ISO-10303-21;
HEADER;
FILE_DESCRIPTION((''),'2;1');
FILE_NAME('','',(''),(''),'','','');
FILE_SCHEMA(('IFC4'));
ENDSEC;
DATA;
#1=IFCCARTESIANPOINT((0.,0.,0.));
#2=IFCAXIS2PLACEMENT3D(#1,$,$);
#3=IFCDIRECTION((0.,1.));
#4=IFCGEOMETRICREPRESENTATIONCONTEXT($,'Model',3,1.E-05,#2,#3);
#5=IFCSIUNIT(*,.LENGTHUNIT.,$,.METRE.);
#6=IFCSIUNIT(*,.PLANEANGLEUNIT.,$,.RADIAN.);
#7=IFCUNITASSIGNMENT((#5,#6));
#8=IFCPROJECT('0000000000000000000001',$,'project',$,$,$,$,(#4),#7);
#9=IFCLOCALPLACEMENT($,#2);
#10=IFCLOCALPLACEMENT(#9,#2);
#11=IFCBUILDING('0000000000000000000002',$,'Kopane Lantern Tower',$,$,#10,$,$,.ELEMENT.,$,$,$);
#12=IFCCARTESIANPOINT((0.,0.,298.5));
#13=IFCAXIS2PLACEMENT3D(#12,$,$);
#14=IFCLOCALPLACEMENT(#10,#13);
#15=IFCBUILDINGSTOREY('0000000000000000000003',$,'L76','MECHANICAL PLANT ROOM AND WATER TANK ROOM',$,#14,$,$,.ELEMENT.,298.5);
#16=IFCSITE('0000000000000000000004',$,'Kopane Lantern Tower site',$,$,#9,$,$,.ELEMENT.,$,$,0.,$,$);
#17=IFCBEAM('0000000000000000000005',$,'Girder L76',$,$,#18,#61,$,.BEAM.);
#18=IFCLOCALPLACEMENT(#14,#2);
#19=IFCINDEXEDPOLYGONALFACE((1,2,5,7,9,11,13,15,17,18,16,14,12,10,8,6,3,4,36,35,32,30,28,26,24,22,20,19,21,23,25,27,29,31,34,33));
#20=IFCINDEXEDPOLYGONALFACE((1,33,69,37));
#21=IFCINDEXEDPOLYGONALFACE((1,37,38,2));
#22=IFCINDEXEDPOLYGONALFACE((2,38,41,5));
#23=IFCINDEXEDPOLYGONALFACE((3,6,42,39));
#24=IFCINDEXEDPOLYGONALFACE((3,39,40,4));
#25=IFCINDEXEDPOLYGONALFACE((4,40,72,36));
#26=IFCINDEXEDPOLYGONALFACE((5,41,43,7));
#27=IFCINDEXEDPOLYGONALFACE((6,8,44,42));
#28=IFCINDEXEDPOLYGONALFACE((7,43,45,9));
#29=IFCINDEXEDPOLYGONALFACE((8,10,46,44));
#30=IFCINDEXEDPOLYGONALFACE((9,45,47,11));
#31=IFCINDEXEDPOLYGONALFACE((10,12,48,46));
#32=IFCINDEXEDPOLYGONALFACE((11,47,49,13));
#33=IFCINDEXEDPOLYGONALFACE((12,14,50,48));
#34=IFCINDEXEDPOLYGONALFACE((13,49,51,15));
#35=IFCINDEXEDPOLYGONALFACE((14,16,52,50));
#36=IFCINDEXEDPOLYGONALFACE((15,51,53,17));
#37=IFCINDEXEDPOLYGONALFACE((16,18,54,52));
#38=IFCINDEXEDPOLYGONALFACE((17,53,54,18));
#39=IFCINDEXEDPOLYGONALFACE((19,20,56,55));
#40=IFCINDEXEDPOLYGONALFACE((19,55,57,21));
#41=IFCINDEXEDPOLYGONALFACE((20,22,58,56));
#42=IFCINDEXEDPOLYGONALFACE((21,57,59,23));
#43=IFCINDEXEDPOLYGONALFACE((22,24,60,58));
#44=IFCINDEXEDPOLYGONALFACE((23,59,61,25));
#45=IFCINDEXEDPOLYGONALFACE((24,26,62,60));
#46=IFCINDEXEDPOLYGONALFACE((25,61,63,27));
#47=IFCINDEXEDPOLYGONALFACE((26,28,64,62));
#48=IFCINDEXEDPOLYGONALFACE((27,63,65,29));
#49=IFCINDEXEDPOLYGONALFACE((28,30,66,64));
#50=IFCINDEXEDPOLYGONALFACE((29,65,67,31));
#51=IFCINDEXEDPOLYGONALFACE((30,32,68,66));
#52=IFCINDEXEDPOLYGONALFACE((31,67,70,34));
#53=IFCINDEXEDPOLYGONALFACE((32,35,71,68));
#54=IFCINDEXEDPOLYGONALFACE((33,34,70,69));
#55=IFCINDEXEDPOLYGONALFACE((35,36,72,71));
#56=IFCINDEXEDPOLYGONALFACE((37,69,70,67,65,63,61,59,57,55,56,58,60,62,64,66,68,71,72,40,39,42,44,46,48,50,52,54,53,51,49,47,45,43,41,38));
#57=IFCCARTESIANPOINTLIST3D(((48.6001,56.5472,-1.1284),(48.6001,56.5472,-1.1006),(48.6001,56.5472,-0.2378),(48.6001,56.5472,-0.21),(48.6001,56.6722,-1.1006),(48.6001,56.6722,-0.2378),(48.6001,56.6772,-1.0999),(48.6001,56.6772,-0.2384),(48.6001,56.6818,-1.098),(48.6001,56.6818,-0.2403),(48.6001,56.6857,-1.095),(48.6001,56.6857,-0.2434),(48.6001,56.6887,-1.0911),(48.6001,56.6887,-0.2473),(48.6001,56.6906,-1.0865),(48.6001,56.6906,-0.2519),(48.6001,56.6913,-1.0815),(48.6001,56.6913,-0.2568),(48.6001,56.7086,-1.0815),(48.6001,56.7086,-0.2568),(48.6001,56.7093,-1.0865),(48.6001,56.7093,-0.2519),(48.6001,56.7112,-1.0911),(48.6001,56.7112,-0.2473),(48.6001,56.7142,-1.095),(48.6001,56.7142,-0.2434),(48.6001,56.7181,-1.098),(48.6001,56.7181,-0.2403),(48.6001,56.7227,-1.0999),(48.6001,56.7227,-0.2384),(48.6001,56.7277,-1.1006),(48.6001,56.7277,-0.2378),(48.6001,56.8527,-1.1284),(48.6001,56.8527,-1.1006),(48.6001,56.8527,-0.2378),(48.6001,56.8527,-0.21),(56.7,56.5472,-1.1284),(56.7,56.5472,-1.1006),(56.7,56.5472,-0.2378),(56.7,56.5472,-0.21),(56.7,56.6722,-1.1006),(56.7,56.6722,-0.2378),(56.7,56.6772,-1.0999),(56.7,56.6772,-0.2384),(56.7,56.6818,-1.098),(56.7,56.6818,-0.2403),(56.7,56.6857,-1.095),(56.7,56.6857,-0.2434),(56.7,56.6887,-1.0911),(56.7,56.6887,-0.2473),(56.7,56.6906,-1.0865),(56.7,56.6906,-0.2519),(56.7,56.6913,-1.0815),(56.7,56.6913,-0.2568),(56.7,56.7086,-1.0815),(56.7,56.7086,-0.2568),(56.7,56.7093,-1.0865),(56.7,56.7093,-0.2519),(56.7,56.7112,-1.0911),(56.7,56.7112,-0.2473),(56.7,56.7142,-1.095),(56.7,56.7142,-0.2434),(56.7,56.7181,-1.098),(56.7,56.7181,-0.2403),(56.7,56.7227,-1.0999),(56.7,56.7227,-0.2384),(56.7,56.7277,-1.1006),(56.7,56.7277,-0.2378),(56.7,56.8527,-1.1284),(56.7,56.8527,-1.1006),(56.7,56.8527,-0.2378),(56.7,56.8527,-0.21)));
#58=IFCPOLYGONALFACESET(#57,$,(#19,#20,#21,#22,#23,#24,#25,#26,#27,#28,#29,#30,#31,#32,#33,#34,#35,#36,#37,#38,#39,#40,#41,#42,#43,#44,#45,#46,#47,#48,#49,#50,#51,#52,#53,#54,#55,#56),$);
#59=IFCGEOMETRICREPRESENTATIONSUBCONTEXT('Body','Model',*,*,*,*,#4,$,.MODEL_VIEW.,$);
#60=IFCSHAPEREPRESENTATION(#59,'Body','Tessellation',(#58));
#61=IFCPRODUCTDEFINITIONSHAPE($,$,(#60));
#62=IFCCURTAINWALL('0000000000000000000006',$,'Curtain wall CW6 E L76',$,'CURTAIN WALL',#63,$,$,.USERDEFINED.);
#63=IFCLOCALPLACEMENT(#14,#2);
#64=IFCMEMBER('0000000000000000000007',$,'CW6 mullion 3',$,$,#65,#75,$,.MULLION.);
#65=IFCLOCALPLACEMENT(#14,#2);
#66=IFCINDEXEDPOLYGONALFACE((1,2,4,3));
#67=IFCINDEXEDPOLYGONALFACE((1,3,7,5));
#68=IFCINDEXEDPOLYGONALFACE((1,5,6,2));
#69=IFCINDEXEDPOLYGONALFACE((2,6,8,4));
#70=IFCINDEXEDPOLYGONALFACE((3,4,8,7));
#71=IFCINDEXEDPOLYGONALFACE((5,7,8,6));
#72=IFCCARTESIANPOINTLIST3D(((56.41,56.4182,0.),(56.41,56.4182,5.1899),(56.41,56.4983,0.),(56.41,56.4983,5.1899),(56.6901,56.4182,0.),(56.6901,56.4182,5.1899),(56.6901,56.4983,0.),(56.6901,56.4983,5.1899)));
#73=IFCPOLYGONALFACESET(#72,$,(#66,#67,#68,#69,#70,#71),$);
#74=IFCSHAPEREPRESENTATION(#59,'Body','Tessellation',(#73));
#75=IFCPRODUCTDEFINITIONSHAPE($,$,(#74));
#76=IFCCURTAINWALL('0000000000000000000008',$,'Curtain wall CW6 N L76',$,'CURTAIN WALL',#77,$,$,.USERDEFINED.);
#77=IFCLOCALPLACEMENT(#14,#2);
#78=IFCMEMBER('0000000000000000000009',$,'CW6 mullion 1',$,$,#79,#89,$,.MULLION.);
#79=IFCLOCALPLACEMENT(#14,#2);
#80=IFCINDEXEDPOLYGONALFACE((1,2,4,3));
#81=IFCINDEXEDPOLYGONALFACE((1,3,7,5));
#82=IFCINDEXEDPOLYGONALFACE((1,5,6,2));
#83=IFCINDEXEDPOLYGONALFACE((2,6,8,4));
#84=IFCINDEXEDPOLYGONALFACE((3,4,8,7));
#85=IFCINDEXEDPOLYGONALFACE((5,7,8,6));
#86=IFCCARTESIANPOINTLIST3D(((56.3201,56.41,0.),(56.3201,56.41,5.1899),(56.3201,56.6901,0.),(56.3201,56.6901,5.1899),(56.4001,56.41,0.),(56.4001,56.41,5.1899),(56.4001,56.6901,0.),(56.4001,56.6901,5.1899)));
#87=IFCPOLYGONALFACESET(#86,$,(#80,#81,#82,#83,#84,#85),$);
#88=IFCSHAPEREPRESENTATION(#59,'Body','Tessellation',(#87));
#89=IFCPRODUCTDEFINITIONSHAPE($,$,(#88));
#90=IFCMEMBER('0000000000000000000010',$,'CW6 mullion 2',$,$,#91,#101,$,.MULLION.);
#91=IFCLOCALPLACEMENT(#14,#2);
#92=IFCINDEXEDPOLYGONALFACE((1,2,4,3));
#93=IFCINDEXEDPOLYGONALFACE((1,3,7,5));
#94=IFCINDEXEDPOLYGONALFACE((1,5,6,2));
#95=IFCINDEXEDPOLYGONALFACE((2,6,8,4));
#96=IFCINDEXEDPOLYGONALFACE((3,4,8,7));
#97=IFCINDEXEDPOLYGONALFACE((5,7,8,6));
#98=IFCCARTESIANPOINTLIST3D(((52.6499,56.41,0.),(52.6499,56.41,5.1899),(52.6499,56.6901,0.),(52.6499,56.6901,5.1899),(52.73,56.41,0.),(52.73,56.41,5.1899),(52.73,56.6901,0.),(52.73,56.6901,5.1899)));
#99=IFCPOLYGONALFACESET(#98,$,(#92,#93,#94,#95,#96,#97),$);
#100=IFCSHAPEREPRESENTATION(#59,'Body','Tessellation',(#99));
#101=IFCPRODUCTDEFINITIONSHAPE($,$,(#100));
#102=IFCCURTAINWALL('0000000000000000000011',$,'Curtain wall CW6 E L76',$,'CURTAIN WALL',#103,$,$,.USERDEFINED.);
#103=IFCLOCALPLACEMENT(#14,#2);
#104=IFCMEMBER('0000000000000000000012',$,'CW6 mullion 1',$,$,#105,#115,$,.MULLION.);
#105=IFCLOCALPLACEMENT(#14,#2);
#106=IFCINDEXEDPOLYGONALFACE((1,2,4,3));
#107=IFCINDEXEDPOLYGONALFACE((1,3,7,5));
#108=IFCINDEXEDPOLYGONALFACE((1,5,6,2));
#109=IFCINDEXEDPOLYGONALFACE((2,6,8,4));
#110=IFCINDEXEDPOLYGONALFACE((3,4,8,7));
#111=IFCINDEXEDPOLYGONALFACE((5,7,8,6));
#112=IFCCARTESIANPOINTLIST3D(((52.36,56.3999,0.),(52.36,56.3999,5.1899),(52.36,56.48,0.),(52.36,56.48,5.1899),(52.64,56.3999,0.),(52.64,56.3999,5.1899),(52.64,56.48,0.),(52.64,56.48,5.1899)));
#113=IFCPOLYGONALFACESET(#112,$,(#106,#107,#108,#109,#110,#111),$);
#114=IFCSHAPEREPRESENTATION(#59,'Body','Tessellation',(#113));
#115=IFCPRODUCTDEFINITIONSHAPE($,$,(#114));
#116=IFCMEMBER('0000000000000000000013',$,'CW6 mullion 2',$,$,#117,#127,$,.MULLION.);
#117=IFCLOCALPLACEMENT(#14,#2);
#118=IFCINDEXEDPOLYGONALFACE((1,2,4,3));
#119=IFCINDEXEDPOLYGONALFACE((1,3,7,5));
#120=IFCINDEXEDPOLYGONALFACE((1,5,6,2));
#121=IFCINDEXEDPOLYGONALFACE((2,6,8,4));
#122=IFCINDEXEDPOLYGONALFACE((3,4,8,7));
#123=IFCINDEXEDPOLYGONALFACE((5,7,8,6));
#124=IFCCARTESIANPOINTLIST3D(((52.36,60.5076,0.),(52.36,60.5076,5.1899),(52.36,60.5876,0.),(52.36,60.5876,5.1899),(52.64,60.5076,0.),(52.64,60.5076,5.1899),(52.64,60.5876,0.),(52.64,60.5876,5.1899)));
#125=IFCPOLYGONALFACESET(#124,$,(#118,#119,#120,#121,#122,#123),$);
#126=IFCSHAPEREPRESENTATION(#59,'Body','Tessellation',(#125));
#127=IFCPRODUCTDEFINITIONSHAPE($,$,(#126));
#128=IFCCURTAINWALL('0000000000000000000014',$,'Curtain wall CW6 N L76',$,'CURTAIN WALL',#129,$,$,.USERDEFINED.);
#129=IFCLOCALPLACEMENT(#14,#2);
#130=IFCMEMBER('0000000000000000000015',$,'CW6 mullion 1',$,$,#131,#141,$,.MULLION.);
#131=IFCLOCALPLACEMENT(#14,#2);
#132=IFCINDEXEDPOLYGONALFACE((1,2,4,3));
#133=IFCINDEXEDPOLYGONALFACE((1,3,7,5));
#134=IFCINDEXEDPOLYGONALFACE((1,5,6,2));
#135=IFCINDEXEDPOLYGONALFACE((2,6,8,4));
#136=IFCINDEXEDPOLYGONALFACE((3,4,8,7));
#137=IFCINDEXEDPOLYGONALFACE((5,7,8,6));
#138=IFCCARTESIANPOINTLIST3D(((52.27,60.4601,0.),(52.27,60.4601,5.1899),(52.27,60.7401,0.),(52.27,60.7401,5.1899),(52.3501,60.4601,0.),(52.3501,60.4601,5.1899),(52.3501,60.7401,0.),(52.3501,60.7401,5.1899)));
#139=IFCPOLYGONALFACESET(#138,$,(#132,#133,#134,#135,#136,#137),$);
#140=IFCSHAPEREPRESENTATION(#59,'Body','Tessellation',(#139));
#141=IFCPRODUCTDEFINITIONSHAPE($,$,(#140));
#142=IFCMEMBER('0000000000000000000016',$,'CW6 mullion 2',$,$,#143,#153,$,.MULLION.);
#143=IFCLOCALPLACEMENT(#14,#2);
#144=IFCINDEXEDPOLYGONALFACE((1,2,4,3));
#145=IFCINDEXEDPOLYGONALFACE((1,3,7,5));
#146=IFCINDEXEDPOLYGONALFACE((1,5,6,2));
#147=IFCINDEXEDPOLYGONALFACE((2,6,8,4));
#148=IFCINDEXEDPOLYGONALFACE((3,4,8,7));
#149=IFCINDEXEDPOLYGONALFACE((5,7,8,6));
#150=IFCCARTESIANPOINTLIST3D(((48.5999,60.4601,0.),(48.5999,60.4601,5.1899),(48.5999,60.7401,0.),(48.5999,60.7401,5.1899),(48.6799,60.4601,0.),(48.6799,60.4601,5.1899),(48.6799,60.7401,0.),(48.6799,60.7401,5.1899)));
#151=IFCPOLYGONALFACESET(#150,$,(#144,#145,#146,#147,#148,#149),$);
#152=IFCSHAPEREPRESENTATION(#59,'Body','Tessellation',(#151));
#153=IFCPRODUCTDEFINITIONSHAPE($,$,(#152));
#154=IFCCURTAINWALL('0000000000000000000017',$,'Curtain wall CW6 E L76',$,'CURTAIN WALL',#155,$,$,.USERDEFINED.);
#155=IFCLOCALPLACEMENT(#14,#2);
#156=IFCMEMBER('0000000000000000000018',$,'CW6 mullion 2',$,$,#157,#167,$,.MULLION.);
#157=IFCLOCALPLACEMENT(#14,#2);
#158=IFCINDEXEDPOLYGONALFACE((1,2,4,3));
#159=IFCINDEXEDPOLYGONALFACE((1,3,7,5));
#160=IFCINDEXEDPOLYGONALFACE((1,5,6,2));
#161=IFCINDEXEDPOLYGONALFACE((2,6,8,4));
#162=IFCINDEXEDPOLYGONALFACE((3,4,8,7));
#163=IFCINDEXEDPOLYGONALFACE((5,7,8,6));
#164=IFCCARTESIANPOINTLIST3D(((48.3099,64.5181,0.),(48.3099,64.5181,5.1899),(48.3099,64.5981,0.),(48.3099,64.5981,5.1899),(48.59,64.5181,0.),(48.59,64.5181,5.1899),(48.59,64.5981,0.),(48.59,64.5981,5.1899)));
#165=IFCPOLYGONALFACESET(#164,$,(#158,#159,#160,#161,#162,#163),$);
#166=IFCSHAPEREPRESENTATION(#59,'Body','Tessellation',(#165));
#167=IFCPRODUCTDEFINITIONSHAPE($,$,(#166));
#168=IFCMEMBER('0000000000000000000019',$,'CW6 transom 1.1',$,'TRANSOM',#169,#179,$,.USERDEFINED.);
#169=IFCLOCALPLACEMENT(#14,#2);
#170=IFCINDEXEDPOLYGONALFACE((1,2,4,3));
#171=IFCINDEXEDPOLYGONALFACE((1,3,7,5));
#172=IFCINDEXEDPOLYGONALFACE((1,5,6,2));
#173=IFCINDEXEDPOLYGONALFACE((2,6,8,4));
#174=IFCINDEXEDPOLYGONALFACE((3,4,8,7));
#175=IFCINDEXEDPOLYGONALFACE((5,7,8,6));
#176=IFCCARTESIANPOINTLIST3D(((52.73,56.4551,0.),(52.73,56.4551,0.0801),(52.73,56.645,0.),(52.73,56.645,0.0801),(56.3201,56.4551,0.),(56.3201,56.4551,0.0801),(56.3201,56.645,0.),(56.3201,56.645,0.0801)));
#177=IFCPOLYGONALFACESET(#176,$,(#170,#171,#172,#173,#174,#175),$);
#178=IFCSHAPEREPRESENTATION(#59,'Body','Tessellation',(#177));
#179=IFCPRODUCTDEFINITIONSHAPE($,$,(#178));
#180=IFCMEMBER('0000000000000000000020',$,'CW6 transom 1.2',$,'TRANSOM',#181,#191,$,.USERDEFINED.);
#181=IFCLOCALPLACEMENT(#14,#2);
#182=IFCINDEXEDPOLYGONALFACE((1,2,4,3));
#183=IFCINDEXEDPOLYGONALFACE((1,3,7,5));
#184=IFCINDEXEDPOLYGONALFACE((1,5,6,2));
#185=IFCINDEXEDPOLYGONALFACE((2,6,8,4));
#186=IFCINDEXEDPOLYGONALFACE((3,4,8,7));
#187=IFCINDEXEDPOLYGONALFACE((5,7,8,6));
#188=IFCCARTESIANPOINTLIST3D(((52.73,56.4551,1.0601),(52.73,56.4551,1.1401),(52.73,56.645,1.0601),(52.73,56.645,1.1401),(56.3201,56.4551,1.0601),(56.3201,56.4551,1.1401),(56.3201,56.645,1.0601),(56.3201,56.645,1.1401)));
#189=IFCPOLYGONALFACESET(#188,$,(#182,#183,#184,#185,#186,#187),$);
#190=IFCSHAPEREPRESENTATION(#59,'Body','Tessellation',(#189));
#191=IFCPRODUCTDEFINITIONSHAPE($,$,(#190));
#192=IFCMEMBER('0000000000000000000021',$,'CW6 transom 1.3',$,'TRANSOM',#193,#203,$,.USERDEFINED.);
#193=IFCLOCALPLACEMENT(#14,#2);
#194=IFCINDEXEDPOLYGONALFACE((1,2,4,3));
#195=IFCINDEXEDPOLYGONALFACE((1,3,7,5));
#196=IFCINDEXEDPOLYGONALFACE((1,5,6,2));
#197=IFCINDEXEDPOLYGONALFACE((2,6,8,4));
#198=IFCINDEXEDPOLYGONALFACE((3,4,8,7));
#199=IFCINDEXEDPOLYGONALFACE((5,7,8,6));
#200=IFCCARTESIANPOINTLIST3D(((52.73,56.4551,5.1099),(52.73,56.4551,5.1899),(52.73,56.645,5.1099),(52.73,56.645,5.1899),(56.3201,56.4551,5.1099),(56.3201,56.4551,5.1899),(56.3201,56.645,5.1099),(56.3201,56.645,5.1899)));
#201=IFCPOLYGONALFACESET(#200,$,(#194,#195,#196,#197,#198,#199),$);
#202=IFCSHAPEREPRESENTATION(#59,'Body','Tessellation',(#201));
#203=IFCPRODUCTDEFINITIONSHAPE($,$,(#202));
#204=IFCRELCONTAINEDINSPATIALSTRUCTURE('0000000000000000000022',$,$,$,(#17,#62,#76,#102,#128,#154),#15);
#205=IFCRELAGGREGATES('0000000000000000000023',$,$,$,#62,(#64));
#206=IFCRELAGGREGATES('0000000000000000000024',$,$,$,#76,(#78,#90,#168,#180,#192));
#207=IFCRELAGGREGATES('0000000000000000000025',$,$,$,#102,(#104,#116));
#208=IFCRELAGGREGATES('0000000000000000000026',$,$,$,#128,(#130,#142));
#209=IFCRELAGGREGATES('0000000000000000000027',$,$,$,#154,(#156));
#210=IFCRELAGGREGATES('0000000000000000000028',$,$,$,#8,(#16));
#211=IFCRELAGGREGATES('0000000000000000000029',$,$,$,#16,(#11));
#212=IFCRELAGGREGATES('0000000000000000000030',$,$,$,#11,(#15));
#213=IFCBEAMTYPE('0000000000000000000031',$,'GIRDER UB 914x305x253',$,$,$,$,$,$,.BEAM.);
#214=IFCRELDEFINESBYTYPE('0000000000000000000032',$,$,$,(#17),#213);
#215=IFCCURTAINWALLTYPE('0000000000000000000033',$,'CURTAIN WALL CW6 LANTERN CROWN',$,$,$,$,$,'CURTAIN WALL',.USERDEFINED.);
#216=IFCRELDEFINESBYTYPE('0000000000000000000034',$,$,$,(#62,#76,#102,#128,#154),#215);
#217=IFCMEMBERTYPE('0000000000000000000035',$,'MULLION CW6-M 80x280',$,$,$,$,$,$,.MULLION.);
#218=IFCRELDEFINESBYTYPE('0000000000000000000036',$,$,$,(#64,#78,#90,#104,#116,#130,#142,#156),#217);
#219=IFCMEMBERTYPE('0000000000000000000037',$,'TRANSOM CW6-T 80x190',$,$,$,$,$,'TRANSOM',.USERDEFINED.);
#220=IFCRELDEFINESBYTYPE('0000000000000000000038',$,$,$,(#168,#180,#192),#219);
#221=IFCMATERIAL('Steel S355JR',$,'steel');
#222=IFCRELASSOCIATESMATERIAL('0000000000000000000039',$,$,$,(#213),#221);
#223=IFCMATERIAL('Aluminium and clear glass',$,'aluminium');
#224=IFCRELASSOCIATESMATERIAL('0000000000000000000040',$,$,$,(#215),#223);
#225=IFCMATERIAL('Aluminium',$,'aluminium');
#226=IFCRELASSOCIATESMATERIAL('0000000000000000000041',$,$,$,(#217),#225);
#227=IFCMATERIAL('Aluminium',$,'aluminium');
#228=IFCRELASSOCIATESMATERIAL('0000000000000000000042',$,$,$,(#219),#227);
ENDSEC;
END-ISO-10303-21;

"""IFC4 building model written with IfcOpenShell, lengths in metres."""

from ifc_helpers import new_model, si_unit, direction, frame, origin, origin_2d, place, context, subcontext, project, spatial, rectangle, i_section, extrude, material, material_profile, profile_set, type_object, element, aggregate, save


model = new_model("IFC4")

# Units and contexts
model_context = context("Model", 3, precision=1e-05, world=origin(), true_north=direction((0.0, 1.0)))
body_context = subcontext(model_context, "Body", "Model", "MODEL_VIEW")
ifc_project = project(units=[si_unit("LENGTHUNIT", "METRE"), si_unit("PLANEANGLEUNIT", "RADIAN")], contexts=[model_context])

# Site, building, storey
site_placement = place(None, origin())
site = spatial("IfcSite", under=ifc_project, at=site_placement, Name="Kopane Lantern Tower site", CompositionType="ELEMENT", RefElevation=0.0)
building_placement = place(site_placement, origin())
building = spatial("IfcBuilding", under=site, at=building_placement, Name="Kopane Lantern Tower", CompositionType="ELEMENT")
storey_placement = place(building_placement, frame((0.0, 0.0, 298.5)))
storey = spatial("IfcBuildingStorey", under=building, at=storey_placement, Name="L76", Description="MECHANICAL PLANT ROOM AND WATER TANK ROOM", CompositionType="ELEMENT", Elevation=298.5)

# Beam
ifc_material_1 = material(Name="Steel S355JR", Category="steel")
ifc_material_profile_1 = material_profile(ifc_material_1, i_section(OverallWidth=0.3054, OverallDepth=0.9185, WebThickness=0.0173, FlangeThickness=0.0278, FilletRadius=0.019, at=origin_2d()), Name="UB 914x305x253")
ifc_profile_set_1 = profile_set([ifc_material_profile_1], Name="Steel S355JR")
beam_type_1 = type_object("IfcBeamType", Name="GIRDER UB 914x305x253", PredefinedType="BEAM", material=ifc_profile_set_1)
beam_1_placement = place(storey_placement, frame((48.6001, 56.7, -0.6692), z_axis=(1.0, 0.0, 0.0), x_axis=(0.0, 1.0, 0.0)))
element("IfcBeam", 1, at=beam_1_placement, inside=storey, type_object=beam_type_1, Name="Girder L76", PredefinedType="BEAM", context=body_context, shape_type="SweptSolid", body=[
    extrude(i_section(OverallWidth=0.3054, OverallDepth=0.9185, WebThickness=0.0173, FlangeThickness=0.0278, FilletRadius=0.019, at=origin_2d()), origin(), (0.0, 0.0, 1.0), 8.0999),
])

# Curtain wall, member
ifc_material_2 = material(Name="Aluminium and clear glass", Category="aluminium")
curtain_wall_type = type_object("IfcCurtainWallType", Name="CURTAIN WALL CW6 LANTERN CROWN", ElementType="CURTAIN WALL", PredefinedType="USERDEFINED", material=ifc_material_2)
curtain_wall_1_placement = place(storey_placement, origin())
curtain_wall_1 = element("IfcCurtainWall", 2, at=curtain_wall_1_placement, inside=storey, type_object=curtain_wall_type, Name="Curtain wall CW6 E L76", ObjectType="CURTAIN WALL", PredefinedType="USERDEFINED")
ifc_material_3 = material(Name="Aluminium", Category="aluminium")
ifc_material_profile_2 = material_profile(ifc_material_3, rectangle(XDim=0.0801, YDim=0.28, at=origin_2d()), Name="AL 80x280")
ifc_profile_set_2 = profile_set([ifc_material_profile_2], Name="Aluminium")
member_type_1 = type_object("IfcMemberType", Name="MULLION CW6-M 80x280", PredefinedType="MULLION", material=ifc_profile_set_2)
member_1_placement = place(storey_placement, frame((56.55, 56.4583, 0.0), z_axis=(0.0, 0.0, 1.0), x_axis=(0.0, 1.0, 0.0)))
member_1 = element("IfcMember", 3, at=member_1_placement, type_object=member_type_1, Name="CW6 mullion 3", PredefinedType="MULLION", context=body_context, shape_type="SweptSolid", body=[
    extrude(rectangle(XDim=0.0801, YDim=0.28, at=origin_2d()), origin(), (0.0, 0.0, 1.0), 5.1899),
])

# Curtain walls, members
curtain_wall_2_placement = place(storey_placement, origin())
curtain_wall_2 = element("IfcCurtainWall", 4, at=curtain_wall_2_placement, inside=storey, type_object=curtain_wall_type, Name="Curtain wall CW6 N L76", ObjectType="CURTAIN WALL", PredefinedType="USERDEFINED")
member_2_placement = place(storey_placement, frame((56.3601, 56.55, 0.0), z_axis=(0.0, 0.0, 1.0), x_axis=(-1.0, 0.0, 0.0)))
member_2 = element("IfcMember", 5, at=member_2_placement, type_object=member_type_1, Name="CW6 mullion 1", PredefinedType="MULLION", context=body_context, shape_type="SweptSolid", body=[
    extrude(rectangle(XDim=0.0801, YDim=0.28, at=origin_2d()), origin(), (0.0, 0.0, 1.0), 5.1899),
])
member_3_placement = place(storey_placement, frame((52.6899, 56.55, 0.0), z_axis=(0.0, 0.0, 1.0), x_axis=(-1.0, 0.0, 0.0)))
member_3 = element("IfcMember", 6, at=member_3_placement, type_object=member_type_1, Name="CW6 mullion 2", PredefinedType="MULLION", context=body_context, shape_type="SweptSolid", body=[
    extrude(rectangle(XDim=0.0801, YDim=0.28, at=origin_2d()), origin(), (0.0, 0.0, 1.0), 5.1899),
])
curtain_wall_3_placement = place(storey_placement, origin())
curtain_wall_3 = element("IfcCurtainWall", 7, at=curtain_wall_3_placement, inside=storey, type_object=curtain_wall_type, Name="Curtain wall CW6 E L76", ObjectType="CURTAIN WALL", PredefinedType="USERDEFINED")
member_4_placement = place(storey_placement, frame((52.5, 56.4399, 0.0), z_axis=(0.0, 0.0, 1.0), x_axis=(0.0, 1.0, 0.0)))
member_4 = element("IfcMember", 8, at=member_4_placement, type_object=member_type_1, Name="CW6 mullion 1", PredefinedType="MULLION", context=body_context, shape_type="SweptSolid", body=[
    extrude(rectangle(XDim=0.0801, YDim=0.28, at=origin_2d()), origin(), (0.0, 0.0, 1.0), 5.1899),
])
member_5_placement = place(storey_placement, frame((52.5, 60.5476, 0.0), z_axis=(0.0, 0.0, 1.0), x_axis=(0.0, 1.0, 0.0)))
member_5 = element("IfcMember", 9, at=member_5_placement, type_object=member_type_1, Name="CW6 mullion 2", PredefinedType="MULLION", context=body_context, shape_type="SweptSolid", body=[
    extrude(rectangle(XDim=0.0801, YDim=0.28, at=origin_2d()), origin(), (0.0, 0.0, 1.0), 5.1899),
])
curtain_wall_4_placement = place(storey_placement, origin())
curtain_wall_4 = element("IfcCurtainWall", 10, at=curtain_wall_4_placement, inside=storey, type_object=curtain_wall_type, Name="Curtain wall CW6 N L76", ObjectType="CURTAIN WALL", PredefinedType="USERDEFINED")
member_6_placement = place(storey_placement, frame((52.3101, 60.6001, 0.0), z_axis=(0.0, 0.0, 1.0), x_axis=(-1.0, 0.0, 0.0)))
member_6 = element("IfcMember", 11, at=member_6_placement, type_object=member_type_1, Name="CW6 mullion 1", PredefinedType="MULLION", context=body_context, shape_type="SweptSolid", body=[
    extrude(rectangle(XDim=0.0801, YDim=0.28, at=origin_2d()), origin(), (0.0, 0.0, 1.0), 5.1899),
])
member_7_placement = place(storey_placement, frame((48.6399, 60.6001, 0.0), z_axis=(0.0, 0.0, 1.0), x_axis=(-1.0, 0.0, 0.0)))
member_7 = element("IfcMember", 12, at=member_7_placement, type_object=member_type_1, Name="CW6 mullion 2", PredefinedType="MULLION", context=body_context, shape_type="SweptSolid", body=[
    extrude(rectangle(XDim=0.0801, YDim=0.28, at=origin_2d()), origin(), (0.0, 0.0, 1.0), 5.1899),
])

# Curtain wall, member
curtain_wall_5_placement = place(storey_placement, origin())
curtain_wall_5 = element("IfcCurtainWall", 13, at=curtain_wall_5_placement, inside=storey, type_object=curtain_wall_type, Name="Curtain wall CW6 E L76", ObjectType="CURTAIN WALL", PredefinedType="USERDEFINED")
member_8_placement = place(storey_placement, frame((48.45, 64.5581, 0.0), z_axis=(0.0, 0.0, 1.0), x_axis=(0.0, 1.0, 0.0)))
member_8 = element("IfcMember", 14, at=member_8_placement, type_object=member_type_1, Name="CW6 mullion 2", PredefinedType="MULLION", context=body_context, shape_type="SweptSolid", body=[
    extrude(rectangle(XDim=0.0801, YDim=0.28, at=origin_2d()), origin(), (0.0, 0.0, 1.0), 5.1899),
])

# Members
ifc_material_4 = material(Name="Aluminium", Category="aluminium")
ifc_material_profile_3 = material_profile(ifc_material_4, rectangle(XDim=0.1899, YDim=0.0801, at=origin_2d()), Name="AL 190x80")
ifc_profile_set_3 = profile_set([ifc_material_profile_3], Name="Aluminium")
member_type_2 = type_object("IfcMemberType", Name="TRANSOM CW6-T 80x190", ElementType="TRANSOM", PredefinedType="USERDEFINED", material=ifc_profile_set_3)
member_9_placement = place(storey_placement, frame((56.3201, 56.55, 0.04), z_axis=(-1.0, 0.0, 0.0), x_axis=(0.0, -1.0, 0.0)))
member_9 = element("IfcMember", 15, at=member_9_placement, type_object=member_type_2, Name="CW6 transom 1.1", ObjectType="TRANSOM", PredefinedType="USERDEFINED", context=body_context, shape_type="SweptSolid", body=[
    extrude(rectangle(XDim=0.1899, YDim=0.0801, at=origin_2d()), origin(), (0.0, 0.0, 1.0), 3.5901),
])
member_10_placement = place(storey_placement, frame((56.3201, 56.55, 1.1001), z_axis=(-1.0, 0.0, 0.0), x_axis=(0.0, -1.0, 0.0)))
member_10 = element("IfcMember", 16, at=member_10_placement, type_object=member_type_2, Name="CW6 transom 1.2", ObjectType="TRANSOM", PredefinedType="USERDEFINED", context=body_context, shape_type="SweptSolid", body=[
    extrude(rectangle(XDim=0.1899, YDim=0.0801, at=origin_2d()), origin(), (0.0, 0.0, 1.0), 3.5901),
])
member_11_placement = place(storey_placement, frame((56.3201, 56.55, 5.1499), z_axis=(-1.0, 0.0, 0.0), x_axis=(0.0, -1.0, 0.0)))
member_11 = element("IfcMember", 17, at=member_11_placement, type_object=member_type_2, Name="CW6 transom 1.3", ObjectType="TRANSOM", PredefinedType="USERDEFINED", context=body_context, shape_type="SweptSolid", body=[
    extrude(rectangle(XDim=0.1899, YDim=0.0801, at=origin_2d()), origin(), (0.0, 0.0, 1.0), 3.5901),
])

aggregate(curtain_wall_1, [member_1])
aggregate(curtain_wall_2, [member_2, member_3, member_9, member_10, member_11])
aggregate(curtain_wall_3, [member_4, member_5])
aggregate(curtain_wall_4, [member_6, member_7])
aggregate(curtain_wall_5, [member_8])

save(model, "model.ifc")
